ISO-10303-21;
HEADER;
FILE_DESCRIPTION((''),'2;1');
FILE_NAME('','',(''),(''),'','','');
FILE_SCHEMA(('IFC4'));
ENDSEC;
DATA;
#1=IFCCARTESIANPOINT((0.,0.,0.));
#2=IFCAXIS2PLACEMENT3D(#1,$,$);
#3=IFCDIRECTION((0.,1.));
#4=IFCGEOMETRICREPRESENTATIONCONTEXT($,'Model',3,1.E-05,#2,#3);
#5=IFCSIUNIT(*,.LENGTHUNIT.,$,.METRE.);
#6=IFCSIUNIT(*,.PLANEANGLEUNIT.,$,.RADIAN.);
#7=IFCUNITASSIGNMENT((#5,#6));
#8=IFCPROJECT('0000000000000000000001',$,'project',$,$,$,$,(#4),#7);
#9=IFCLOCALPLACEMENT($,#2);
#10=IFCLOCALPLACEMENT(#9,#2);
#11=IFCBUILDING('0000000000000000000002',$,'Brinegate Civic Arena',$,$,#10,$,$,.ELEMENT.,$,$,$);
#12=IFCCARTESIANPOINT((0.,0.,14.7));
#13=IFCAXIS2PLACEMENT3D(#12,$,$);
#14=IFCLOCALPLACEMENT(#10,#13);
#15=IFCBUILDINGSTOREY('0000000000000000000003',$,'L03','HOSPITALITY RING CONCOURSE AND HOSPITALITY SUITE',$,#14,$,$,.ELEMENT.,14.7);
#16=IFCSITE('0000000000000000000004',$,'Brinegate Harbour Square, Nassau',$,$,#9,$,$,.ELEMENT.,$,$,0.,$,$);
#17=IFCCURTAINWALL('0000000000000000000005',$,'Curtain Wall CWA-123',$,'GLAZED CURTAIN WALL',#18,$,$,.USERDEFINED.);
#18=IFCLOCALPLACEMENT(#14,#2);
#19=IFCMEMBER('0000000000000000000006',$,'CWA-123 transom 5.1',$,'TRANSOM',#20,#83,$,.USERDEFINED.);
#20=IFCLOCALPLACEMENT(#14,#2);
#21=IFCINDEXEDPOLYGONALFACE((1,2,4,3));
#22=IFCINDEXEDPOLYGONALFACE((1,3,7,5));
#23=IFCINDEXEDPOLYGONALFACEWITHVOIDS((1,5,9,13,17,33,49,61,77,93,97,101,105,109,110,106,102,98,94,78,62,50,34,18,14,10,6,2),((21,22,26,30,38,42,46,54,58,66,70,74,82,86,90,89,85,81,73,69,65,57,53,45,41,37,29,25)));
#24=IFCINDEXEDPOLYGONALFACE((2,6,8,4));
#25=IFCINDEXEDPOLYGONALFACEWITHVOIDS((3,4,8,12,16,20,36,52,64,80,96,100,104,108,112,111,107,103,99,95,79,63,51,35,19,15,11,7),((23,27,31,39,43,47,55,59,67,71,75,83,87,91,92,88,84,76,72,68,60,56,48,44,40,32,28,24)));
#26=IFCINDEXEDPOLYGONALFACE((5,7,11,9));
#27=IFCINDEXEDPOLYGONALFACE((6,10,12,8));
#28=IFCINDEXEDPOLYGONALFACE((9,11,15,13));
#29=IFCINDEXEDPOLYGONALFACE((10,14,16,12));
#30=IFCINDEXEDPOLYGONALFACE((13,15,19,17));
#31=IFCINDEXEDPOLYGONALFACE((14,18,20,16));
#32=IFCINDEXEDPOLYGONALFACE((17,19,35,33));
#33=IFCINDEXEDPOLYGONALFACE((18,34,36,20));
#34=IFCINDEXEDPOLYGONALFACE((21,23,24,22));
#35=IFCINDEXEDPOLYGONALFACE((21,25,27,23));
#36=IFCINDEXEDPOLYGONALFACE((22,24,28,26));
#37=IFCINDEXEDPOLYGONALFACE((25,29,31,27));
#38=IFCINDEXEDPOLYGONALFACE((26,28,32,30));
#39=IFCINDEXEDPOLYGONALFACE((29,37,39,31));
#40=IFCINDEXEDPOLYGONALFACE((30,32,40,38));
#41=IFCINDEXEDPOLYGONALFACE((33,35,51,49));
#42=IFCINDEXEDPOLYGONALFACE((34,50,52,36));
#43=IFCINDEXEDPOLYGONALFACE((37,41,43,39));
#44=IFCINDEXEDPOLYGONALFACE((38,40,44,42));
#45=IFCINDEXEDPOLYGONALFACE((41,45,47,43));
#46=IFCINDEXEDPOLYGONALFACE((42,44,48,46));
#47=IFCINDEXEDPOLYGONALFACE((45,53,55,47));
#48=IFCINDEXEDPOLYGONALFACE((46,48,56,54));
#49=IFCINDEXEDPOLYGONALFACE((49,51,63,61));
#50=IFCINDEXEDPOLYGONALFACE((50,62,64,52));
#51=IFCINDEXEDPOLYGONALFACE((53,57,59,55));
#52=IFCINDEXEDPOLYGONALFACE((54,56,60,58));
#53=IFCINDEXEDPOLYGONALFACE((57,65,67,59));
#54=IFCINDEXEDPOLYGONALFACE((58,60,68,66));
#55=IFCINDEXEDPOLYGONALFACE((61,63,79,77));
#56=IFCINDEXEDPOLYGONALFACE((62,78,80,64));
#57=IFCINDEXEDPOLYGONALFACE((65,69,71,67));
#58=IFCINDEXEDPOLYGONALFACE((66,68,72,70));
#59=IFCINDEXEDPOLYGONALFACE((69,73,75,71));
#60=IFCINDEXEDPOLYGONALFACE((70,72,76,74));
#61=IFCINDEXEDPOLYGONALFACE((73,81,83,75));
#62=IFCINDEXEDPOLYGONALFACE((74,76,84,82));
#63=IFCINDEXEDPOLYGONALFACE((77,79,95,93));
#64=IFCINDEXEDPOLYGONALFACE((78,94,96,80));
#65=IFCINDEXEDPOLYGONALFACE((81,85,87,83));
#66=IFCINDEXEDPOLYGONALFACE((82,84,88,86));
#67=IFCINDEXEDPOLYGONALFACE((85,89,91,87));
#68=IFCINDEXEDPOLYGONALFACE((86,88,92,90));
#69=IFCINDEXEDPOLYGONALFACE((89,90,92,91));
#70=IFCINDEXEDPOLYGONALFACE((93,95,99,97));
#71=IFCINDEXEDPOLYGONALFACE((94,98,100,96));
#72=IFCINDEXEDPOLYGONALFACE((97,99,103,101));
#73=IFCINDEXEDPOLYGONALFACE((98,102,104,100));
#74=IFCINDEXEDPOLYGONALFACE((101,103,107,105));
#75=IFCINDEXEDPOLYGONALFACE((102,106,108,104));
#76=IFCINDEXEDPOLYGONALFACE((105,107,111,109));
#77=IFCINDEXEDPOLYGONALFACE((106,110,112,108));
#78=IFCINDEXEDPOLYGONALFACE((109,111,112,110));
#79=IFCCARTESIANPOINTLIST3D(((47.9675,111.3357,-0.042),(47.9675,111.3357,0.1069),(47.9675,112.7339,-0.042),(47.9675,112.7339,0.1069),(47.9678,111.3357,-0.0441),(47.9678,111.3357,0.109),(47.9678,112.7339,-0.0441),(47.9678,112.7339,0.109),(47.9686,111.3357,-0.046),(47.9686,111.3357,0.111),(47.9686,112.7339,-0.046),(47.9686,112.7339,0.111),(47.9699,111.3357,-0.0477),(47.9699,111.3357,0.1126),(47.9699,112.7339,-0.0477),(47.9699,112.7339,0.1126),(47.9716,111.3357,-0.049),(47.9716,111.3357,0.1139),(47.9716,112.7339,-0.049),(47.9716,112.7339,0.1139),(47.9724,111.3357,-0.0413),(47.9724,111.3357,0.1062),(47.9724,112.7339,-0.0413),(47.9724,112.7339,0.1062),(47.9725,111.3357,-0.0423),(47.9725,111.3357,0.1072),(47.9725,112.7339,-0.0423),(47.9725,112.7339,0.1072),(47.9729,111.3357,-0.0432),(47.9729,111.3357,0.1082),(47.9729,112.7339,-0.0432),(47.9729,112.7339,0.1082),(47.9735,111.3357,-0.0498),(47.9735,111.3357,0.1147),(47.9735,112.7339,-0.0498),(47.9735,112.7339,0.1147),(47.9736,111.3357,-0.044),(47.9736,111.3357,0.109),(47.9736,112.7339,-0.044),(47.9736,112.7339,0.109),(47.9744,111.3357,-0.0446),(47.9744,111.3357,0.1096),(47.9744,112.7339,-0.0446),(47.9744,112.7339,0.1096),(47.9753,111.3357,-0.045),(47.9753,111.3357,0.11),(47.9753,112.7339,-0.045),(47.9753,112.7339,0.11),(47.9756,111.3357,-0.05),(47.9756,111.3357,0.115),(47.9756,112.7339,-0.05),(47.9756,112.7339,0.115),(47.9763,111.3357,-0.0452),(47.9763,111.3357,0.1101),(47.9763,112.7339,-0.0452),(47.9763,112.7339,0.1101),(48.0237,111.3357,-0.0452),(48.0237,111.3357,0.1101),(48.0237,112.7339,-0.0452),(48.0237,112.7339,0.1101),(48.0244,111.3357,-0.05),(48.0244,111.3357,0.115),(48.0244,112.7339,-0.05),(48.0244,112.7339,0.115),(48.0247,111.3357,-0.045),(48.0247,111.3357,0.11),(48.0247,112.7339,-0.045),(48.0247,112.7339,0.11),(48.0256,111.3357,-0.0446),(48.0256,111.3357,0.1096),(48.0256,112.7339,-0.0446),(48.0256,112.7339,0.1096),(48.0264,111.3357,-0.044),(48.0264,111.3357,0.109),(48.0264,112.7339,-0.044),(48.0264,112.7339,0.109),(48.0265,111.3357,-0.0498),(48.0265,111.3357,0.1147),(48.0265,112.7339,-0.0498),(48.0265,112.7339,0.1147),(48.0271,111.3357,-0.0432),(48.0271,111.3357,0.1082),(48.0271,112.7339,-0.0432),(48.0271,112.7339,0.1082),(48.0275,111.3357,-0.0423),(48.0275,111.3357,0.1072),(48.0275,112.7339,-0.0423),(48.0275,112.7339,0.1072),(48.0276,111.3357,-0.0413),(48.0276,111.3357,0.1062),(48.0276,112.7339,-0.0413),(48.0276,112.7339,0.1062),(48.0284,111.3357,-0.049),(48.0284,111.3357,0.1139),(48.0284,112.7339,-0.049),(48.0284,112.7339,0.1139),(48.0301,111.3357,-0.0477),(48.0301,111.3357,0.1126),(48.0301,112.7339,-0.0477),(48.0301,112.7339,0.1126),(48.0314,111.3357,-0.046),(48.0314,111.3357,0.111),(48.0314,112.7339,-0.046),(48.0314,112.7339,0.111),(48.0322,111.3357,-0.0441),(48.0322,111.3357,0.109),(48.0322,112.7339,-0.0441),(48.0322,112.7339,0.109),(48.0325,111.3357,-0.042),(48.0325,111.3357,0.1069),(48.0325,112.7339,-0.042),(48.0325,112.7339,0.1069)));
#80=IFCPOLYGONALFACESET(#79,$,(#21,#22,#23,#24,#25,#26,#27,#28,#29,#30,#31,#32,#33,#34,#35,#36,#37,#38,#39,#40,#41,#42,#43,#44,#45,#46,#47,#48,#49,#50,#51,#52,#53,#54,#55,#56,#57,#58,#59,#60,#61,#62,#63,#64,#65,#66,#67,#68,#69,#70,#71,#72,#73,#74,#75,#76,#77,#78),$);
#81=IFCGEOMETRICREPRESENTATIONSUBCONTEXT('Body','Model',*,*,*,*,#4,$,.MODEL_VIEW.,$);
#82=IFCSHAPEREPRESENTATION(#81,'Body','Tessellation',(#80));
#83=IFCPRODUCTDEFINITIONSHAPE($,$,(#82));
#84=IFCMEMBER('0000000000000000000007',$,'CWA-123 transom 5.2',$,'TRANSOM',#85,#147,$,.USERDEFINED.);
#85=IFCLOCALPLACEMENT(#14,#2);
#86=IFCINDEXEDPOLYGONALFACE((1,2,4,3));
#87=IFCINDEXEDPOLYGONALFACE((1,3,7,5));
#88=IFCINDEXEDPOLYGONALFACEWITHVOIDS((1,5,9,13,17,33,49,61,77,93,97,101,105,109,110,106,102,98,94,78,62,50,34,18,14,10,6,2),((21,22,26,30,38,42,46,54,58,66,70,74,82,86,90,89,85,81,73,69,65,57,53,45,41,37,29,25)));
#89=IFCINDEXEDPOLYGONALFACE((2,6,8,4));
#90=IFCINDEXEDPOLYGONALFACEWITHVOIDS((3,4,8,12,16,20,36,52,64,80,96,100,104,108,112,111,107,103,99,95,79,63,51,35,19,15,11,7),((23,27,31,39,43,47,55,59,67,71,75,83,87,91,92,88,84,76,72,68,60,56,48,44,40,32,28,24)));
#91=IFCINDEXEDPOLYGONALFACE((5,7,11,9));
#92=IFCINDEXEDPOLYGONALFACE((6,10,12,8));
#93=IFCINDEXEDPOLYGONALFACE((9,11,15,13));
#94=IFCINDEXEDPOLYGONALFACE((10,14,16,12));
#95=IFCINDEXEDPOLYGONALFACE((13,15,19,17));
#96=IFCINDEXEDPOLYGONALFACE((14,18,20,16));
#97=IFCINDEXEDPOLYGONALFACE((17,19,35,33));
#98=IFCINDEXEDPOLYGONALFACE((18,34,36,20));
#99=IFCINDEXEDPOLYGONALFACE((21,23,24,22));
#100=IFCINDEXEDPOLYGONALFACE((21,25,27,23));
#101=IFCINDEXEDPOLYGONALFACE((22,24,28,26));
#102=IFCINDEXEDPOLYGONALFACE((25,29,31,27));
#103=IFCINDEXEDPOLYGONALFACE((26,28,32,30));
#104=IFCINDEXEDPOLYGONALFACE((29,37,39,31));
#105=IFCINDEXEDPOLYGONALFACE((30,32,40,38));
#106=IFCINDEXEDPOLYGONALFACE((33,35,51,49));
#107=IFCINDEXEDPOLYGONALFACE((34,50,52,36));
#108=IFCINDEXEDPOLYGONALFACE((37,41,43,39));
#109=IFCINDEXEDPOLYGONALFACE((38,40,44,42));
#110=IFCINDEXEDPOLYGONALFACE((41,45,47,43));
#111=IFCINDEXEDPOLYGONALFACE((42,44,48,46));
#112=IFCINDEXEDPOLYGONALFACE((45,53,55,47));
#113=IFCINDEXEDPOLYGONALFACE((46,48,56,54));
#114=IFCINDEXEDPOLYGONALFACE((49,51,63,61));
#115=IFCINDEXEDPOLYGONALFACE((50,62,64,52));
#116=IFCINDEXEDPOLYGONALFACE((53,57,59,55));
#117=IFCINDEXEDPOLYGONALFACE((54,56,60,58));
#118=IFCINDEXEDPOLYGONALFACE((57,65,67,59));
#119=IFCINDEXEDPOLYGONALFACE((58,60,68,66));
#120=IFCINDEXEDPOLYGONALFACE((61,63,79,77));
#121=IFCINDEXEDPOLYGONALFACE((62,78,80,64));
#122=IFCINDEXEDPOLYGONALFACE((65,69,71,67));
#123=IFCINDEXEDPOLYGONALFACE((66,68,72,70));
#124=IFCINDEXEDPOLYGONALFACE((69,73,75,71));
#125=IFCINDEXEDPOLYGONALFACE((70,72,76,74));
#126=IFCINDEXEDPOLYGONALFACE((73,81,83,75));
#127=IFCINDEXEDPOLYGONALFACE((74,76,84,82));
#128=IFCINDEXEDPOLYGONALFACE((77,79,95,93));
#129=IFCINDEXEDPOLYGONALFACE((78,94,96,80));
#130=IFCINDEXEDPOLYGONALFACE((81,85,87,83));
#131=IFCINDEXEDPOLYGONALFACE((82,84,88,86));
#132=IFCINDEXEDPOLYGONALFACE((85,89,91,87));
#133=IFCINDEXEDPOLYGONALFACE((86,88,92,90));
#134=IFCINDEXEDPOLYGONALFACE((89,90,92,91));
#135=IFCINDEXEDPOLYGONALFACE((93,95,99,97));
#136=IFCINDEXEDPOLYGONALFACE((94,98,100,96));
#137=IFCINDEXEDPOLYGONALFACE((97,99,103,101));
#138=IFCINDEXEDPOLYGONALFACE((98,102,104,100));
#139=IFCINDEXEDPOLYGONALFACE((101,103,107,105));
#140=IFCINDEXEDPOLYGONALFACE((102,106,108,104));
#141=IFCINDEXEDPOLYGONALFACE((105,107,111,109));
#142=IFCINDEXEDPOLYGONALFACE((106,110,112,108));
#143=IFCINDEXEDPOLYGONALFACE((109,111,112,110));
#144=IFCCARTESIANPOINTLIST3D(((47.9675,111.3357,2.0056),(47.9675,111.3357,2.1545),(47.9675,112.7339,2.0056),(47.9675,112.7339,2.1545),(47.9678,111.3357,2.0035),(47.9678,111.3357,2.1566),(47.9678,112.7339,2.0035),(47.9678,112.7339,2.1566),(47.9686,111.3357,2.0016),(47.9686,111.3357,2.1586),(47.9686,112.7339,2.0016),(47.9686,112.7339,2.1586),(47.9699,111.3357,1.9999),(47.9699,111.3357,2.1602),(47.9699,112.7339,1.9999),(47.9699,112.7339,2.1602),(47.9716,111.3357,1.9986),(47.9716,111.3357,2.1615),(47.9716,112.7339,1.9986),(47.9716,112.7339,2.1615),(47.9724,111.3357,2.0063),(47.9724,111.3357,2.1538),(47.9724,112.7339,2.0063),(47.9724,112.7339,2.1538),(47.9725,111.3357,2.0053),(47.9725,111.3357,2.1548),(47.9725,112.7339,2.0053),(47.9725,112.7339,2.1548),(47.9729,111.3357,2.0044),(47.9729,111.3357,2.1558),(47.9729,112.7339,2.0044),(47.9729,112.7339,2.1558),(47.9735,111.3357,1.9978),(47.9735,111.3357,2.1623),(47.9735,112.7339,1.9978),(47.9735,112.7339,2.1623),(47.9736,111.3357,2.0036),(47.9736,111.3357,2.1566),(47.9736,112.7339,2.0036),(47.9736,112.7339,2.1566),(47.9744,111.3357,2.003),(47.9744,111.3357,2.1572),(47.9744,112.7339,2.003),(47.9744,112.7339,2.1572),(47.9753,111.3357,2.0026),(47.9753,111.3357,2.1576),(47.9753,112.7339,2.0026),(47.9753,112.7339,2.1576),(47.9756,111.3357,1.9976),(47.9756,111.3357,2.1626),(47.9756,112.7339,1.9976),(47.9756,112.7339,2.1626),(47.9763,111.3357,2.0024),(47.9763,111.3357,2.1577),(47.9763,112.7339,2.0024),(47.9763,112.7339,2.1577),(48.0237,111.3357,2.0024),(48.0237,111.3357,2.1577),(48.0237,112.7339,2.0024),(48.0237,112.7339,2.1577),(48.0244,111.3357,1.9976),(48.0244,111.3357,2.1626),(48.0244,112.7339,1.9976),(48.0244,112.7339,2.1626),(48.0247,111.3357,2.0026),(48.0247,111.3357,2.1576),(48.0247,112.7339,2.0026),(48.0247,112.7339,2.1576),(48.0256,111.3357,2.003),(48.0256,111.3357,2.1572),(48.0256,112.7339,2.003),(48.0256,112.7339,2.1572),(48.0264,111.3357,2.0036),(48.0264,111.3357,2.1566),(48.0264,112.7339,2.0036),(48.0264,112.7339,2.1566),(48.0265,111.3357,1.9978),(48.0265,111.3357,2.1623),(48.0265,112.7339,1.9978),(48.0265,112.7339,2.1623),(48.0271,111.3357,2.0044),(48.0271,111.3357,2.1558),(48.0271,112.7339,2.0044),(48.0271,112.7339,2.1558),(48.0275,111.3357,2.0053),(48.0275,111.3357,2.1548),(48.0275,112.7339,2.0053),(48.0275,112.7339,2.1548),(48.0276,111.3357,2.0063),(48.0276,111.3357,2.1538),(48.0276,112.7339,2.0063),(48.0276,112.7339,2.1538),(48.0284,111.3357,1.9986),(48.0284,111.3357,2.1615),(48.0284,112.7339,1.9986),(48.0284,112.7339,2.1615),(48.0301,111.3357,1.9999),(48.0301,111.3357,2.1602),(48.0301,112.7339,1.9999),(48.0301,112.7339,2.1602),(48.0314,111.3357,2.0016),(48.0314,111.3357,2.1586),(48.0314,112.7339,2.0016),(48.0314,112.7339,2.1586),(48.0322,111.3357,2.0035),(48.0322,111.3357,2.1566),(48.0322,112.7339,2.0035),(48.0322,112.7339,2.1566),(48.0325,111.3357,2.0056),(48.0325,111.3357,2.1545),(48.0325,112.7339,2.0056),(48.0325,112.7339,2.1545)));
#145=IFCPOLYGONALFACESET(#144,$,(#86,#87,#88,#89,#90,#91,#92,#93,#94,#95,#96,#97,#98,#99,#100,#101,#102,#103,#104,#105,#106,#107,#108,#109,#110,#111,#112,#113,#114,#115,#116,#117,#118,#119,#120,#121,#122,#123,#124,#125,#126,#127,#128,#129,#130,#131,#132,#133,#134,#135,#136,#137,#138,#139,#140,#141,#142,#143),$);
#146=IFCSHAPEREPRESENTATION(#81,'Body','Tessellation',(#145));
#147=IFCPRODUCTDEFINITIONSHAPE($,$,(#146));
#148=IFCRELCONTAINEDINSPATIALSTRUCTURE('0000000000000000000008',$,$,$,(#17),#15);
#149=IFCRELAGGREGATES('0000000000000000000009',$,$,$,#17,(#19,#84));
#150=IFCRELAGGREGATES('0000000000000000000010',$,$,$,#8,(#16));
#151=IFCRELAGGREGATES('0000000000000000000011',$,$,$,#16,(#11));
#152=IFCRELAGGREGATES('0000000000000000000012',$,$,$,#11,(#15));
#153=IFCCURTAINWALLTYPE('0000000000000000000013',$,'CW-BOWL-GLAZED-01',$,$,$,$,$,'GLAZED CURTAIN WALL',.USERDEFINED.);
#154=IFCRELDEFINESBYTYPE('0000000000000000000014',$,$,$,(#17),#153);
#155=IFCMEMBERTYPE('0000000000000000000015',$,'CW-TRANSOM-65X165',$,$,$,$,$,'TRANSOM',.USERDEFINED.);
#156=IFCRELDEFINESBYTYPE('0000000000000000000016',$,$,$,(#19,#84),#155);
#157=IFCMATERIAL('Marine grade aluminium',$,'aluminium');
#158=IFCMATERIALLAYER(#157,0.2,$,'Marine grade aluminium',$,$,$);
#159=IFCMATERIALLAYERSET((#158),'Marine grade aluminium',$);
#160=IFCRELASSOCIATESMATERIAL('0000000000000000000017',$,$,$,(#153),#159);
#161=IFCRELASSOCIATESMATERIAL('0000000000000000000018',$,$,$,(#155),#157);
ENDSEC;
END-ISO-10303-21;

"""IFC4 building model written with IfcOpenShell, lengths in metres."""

from ifc_helpers import new_model, si_unit, direction, frame, origin, origin_2d, place, context, subcontext, project, spatial, hollow_rectangle, extrude, material, layer, layer_set, material_profile, profile_set, type_object, element, aggregate, save


model = new_model("IFC4")

# Units and contexts
model_context = context("Model", 3, precision=1e-05, world=origin(), true_north=direction((0.0, 1.0)))
body_context = subcontext(model_context, "Body", "Model", "MODEL_VIEW")
ifc_project = project(units=[si_unit("LENGTHUNIT", "METRE"), si_unit("PLANEANGLEUNIT", "RADIAN")], contexts=[model_context])

# Site, building, storey
site_placement = place(None, origin())
site = spatial("IfcSite", under=ifc_project, at=site_placement, Name="Brinegate Harbour Square, Nassau", CompositionType="ELEMENT", RefElevation=0.0)
building_placement = place(site_placement, origin())
building = spatial("IfcBuilding", under=site, at=building_placement, Name="Brinegate Civic Arena", CompositionType="ELEMENT")
storey_placement = place(building_placement, frame((0.0, 0.0, 14.7)))
storey = spatial("IfcBuildingStorey", under=building, at=storey_placement, Name="L03", Description="HOSPITALITY RING CONCOURSE AND HOSPITALITY SUITE", CompositionType="ELEMENT", Elevation=14.7)

# Curtain wall, members
ifc_material_1 = material(Name="Marine grade aluminium", Category="aluminium")
ifc_layer_1 = layer(ifc_material_1, 0.2, Name="Marine grade aluminium")
ifc_layer_set_1 = layer_set([ifc_layer_1], Name="Marine grade aluminium")
curtain_wall_type = type_object("IfcCurtainWallType", Name="CW-BOWL-GLAZED-01", ElementType="GLAZED CURTAIN WALL", PredefinedType="USERDEFINED", material=ifc_layer_set_1)
curtain_wall_placement = place(storey_placement, origin())
curtain_wall = element("IfcCurtainWall", 1, at=curtain_wall_placement, inside=storey, type_object=curtain_wall_type, Name="Curtain Wall CWA-123", ObjectType="GLAZED CURTAIN WALL", PredefinedType="USERDEFINED")
ifc_material_profile_1 = material_profile(ifc_material_1, hollow_rectangle(XDim=0.0649, YDim=0.165, WallThickness=0.0049, InnerFilletRadius=0.0039, OuterFilletRadius=0.0081, at=origin_2d()), Name="TRN65X165")
ifc_profile_set_1 = profile_set([ifc_material_profile_1], Name="Marine grade aluminium")
member_type_1 = type_object("IfcMemberType", Name="CW-TRANSOM-65X165", ElementType="TRANSOM", PredefinedType="USERDEFINED", material=ifc_profile_set_1)
member_1_placement = place(storey_placement, frame((48.0, 111.3357, 0.0325), z_axis=(0.0, 1.0, 0.0), x_axis=(-1.0, 0.0, 0.0)))
member_1 = element("IfcMember", 2, at=member_1_placement, type_object=member_type_1, Name="CWA-123 transom 5.1", ObjectType="TRANSOM", PredefinedType="USERDEFINED", context=body_context, shape_type="SweptSolid", body=[
    extrude(hollow_rectangle(XDim=0.0649, YDim=0.165, WallThickness=0.0049, InnerFilletRadius=0.0039, OuterFilletRadius=0.0081, at=origin_2d()), origin(), (0.0, 0.0, 1.0), 1.3982),
])
member_2_placement = place(storey_placement, frame((48.0, 111.3357, 2.0801), z_axis=(0.0, 1.0, 0.0), x_axis=(-1.0, 0.0, 0.0)))
member_2 = element("IfcMember", 3, at=member_2_placement, type_object=member_type_1, Name="CWA-123 transom 5.2", ObjectType="TRANSOM", PredefinedType="USERDEFINED", context=body_context, shape_type="SweptSolid", body=[
    extrude(hollow_rectangle(XDim=0.0649, YDim=0.165, WallThickness=0.0049, InnerFilletRadius=0.0039, OuterFilletRadius=0.0081, at=origin_2d()), origin(), (0.0, 0.0, 1.0), 1.3982),
])

aggregate(curtain_wall, [member_1, member_2])

save(model, "model.ifc")
